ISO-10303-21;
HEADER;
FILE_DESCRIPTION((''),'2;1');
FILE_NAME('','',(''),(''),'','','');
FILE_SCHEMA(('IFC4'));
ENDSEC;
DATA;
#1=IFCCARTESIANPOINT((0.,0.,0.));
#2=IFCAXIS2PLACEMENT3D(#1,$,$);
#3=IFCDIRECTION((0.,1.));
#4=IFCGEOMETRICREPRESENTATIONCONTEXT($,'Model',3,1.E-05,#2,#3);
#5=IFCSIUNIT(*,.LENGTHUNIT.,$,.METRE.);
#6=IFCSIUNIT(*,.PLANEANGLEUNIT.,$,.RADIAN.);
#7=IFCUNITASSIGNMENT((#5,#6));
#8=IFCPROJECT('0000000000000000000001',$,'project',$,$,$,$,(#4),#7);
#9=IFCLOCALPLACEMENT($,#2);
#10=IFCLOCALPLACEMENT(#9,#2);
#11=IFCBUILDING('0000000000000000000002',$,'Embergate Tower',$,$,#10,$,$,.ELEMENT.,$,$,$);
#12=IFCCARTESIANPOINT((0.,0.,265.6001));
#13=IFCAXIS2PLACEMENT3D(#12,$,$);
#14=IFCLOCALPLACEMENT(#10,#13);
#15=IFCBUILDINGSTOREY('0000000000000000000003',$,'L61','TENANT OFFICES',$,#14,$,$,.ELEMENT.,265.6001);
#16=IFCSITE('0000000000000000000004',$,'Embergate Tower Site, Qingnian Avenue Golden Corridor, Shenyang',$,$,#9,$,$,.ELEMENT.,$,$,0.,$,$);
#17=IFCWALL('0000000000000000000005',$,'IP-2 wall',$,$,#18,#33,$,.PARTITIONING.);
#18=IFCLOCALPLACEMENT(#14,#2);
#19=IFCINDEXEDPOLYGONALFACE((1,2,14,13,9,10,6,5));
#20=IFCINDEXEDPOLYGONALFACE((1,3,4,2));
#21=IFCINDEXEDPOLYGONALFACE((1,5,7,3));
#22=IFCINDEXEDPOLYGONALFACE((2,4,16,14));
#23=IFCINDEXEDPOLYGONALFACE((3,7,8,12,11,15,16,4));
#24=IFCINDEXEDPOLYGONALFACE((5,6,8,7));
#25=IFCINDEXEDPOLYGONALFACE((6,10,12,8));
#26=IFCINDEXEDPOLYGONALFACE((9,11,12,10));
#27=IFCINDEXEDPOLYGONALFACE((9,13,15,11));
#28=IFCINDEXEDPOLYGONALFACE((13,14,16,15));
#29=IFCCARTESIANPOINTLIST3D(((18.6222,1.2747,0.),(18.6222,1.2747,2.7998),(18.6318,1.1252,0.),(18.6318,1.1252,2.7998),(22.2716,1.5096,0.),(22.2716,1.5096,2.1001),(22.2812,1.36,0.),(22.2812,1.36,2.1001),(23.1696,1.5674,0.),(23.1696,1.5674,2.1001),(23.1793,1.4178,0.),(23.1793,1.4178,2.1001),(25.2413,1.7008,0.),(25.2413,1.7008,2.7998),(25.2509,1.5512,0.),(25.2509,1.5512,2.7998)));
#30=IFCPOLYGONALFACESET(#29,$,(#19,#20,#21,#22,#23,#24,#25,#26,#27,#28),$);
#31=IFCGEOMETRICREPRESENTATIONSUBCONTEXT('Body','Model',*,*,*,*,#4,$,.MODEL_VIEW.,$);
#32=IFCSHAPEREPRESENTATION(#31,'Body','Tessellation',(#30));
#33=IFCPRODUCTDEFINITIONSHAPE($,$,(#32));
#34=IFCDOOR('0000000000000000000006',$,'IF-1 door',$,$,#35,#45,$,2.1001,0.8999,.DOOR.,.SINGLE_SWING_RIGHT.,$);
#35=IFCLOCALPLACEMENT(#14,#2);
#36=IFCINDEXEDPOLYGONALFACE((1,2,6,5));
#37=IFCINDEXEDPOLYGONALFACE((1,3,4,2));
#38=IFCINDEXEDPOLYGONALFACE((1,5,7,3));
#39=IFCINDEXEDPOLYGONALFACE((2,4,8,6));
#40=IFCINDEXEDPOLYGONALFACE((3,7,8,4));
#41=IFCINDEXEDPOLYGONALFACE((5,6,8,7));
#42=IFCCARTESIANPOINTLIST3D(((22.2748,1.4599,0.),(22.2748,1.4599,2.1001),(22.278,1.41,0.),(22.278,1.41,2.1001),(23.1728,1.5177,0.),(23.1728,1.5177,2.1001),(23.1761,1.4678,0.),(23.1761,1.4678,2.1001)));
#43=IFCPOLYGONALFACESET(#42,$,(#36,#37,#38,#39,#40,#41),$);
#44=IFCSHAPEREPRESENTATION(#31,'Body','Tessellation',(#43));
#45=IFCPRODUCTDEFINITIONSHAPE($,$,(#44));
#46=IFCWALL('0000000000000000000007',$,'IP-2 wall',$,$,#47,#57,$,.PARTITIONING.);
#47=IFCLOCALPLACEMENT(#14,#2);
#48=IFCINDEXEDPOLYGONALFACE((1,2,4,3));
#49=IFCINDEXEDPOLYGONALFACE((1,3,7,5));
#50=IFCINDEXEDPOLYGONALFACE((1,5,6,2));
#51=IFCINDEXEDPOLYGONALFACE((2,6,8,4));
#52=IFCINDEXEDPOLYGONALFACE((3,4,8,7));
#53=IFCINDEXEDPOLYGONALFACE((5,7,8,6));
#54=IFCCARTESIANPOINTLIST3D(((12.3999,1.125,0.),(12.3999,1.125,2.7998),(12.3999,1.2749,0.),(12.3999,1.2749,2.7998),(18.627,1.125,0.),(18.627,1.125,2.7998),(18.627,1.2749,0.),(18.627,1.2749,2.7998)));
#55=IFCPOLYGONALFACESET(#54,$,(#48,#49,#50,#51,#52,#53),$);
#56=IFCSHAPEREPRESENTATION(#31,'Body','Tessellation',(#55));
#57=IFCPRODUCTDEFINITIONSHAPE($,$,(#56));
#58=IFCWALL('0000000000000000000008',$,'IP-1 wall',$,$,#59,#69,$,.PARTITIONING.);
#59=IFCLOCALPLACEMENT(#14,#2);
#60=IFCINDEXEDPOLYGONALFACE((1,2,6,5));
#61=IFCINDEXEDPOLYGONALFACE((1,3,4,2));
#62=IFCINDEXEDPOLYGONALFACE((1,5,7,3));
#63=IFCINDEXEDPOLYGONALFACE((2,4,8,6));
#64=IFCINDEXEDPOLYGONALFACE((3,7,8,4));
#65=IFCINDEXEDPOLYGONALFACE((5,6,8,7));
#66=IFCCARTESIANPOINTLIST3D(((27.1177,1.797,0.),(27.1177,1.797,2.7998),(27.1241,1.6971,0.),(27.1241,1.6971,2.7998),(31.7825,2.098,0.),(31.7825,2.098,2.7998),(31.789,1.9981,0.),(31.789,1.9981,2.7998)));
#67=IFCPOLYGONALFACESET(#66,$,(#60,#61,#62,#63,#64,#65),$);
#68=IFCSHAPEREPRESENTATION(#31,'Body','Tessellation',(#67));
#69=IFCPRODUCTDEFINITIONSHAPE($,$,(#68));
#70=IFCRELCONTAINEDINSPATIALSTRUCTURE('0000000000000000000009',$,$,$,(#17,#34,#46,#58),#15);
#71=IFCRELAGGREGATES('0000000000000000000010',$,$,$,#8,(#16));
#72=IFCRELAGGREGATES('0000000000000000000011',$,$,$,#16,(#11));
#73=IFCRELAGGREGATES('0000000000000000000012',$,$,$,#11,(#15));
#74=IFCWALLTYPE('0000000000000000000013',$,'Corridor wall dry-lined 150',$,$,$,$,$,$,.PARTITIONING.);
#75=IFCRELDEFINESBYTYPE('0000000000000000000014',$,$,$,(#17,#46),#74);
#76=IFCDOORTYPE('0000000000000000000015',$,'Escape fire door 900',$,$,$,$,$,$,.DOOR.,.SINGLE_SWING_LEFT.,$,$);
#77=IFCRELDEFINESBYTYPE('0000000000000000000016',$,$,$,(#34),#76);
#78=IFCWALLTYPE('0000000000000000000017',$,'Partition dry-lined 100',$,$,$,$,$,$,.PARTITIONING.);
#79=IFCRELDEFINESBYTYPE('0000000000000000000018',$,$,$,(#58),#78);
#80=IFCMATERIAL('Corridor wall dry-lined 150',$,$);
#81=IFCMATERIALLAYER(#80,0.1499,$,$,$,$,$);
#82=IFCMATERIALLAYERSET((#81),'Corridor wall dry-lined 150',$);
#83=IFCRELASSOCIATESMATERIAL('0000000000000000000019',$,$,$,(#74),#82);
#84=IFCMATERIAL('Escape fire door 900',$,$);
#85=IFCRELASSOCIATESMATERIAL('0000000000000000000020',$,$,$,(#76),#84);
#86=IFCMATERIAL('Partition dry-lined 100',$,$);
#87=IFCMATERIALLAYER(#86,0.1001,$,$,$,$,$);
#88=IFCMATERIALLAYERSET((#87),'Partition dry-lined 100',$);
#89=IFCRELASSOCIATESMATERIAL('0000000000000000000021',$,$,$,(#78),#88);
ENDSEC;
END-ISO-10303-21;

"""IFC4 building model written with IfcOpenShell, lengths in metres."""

from ifc_helpers import new_model, si_unit, direction, frame, frame_2d, origin, place, context, subcontext, project, spatial, rectangle, extrude, source, transform, mapped, material, layer, layer_set, type_object, element, fill, save


model = new_model("IFC4")

# Units and contexts
model_context = context("Model", 3, precision=1e-05, world=origin(), true_north=direction((0.0, 1.0)))
body_context = subcontext(model_context, "Body", "Model", "MODEL_VIEW")
ifc_project = project(units=[si_unit("LENGTHUNIT", "METRE"), si_unit("PLANEANGLEUNIT", "RADIAN")], contexts=[model_context])

# Site, building, storey
site_placement = place(None, origin())
site = spatial("IfcSite", under=ifc_project, at=site_placement, Name="Embergate Tower Site, Qingnian Avenue Golden Corridor, Shenyang", CompositionType="ELEMENT", RefElevation=0.0)
building_placement = place(site_placement, origin())
building = spatial("IfcBuilding", under=site, at=building_placement, Name="Embergate Tower", CompositionType="ELEMENT")
storey_placement = place(building_placement, frame((0.0, 0.0, 265.6001)))
storey = spatial("IfcBuildingStorey", under=building, at=storey_placement, Name="L61", Description="TENANT OFFICES", CompositionType="ELEMENT", Elevation=265.6001)

# Shared definitions
ifc_material_1 = material(Name="Corridor wall dry-lined 150")
ifc_layer_1 = layer(ifc_material_1, 0.1499)
ifc_layer_set_1 = layer_set([ifc_layer_1], Name="Corridor wall dry-lined 150")
wall_type_1 = type_object("IfcWallType", Name="Corridor wall dry-lined 150", PredefinedType="PARTITIONING", material=ifc_layer_set_1)

# Shared definitions
shared_shape_1 = source(origin(), body_context, "Body", "SweptSolid", [
    extrude(rectangle(XDim=0.8999, YDim=2.1001, at=frame_2d((0.45, 1.05))), frame((0.0, 0.085, 0.0), z_axis=(0.0, -1.0, 0.0), x_axis=(1.0, 0.0, 0.0)), (0.0, 0.0, 1.0), 0.1699),
])
ifc_material_2 = material(Name="Escape fire door 900")
door_type_1 = type_object("IfcDoorType", Name="Escape fire door 900", OperationType="SINGLE_SWING_LEFT", PredefinedType="DOOR", material=ifc_material_2)
shared_shape_2 = source(origin(), body_context, "Body", "SweptSolid", [
    extrude(rectangle(XDim=0.8999, YDim=2.1001, at=frame_2d((0.45, 1.05))), frame((0.0, 0.0249, 0.0), z_axis=(0.0, -1.0, 0.0), x_axis=(1.0, 0.0, 0.0)), (0.0, 0.0, 1.0), 0.05),
])

# Shared definitions
ifc_material_3 = material(Name="Partition dry-lined 100")
ifc_layer_2 = layer(ifc_material_3, 0.1001)
ifc_layer_set_2 = layer_set([ifc_layer_2], Name="Partition dry-lined 100")
wall_type_2 = type_object("IfcWallType", Name="Partition dry-lined 100", PredefinedType="PARTITIONING", material=ifc_layer_set_2)

# Wall, opening, door
shared_shape_3 = source(origin(), body_context, "Body", "SweptSolid", [
    extrude(rectangle(XDim=6.6328, YDim=0.1499, at=frame_2d((3.3164, 0.0))), origin(), (0.0, 0.0, 1.0), 2.7998),
])
wall_1_placement = place(storey_placement, frame((25.2461, 1.626, 0.0), z_axis=(0.0, 0.0, 1.0), x_axis=(-0.997935, -0.06423, 0.0)))
wall_1 = element("IfcWall", 1, at=wall_1_placement, inside=storey, type_object=wall_type_1, Name="IP-2 wall", PredefinedType="PARTITIONING", context=body_context, shape_type="MappedRepresentation", body=[
    mapped(shared_shape_3, transform((0.0, 0.0, 0.0))),
])
opening_1_placement = place(wall_1_placement, frame((2.0759, 0.0, 0.0)))
opening_1 = element("IfcOpeningElement", 2, at=opening_1_placement, cuts=wall_1, PredefinedType="OPENING", context=body_context, shape_type="MappedRepresentation", body=[
    mapped(shared_shape_1, transform((0.0, 0.0, 0.0))),
])
door_1_placement = place(opening_1_placement, origin())
door_1 = element("IfcDoor", 3, at=door_1_placement, inside=storey, type_object=door_type_1, Name="IF-1 door", OperationType="SINGLE_SWING_RIGHT", OverallHeight=2.1001, OverallWidth=0.8999, PredefinedType="DOOR", context=body_context, shape_type="MappedRepresentation", body=[
    mapped(shared_shape_2, transform((0.0, 0.0, 0.0))),
])
fill(opening_1, door_1)

# Walls
shared_shape_4 = source(origin(), body_context, "Body", "SweptSolid", [
    extrude(rectangle(XDim=6.2271, YDim=0.1499, at=frame_2d((3.1135, 0.0))), origin(), (0.0, 0.0, 1.0), 2.7998),
])
wall_2_placement = place(storey_placement, frame((18.627, 1.2, 0.0), z_axis=(0.0, 0.0, 1.0), x_axis=(-1.0, 0.0, 0.0)))
element("IfcWall", 4, at=wall_2_placement, inside=storey, type_object=wall_type_1, Name="IP-2 wall", PredefinedType="PARTITIONING", context=body_context, shape_type="MappedRepresentation", body=[
    mapped(shared_shape_4, transform((0.0, 0.0, 0.0))),
])
shared_shape_5 = source(origin(), body_context, "Body", "SweptSolid", [
    extrude(rectangle(XDim=4.6746, YDim=0.1001, at=frame_2d((2.3374, 0.0))), origin(), (0.0, 0.0, 1.0), 2.7998),
])
wall_3_placement = place(storey_placement, frame((31.7859, 2.0481, 0.0), z_axis=(0.0, 0.0, 1.0), x_axis=(-0.997924, -0.064397, 0.0)))
element("IfcWall", 5, at=wall_3_placement, inside=storey, type_object=wall_type_2, Name="IP-1 wall", PredefinedType="PARTITIONING", context=body_context, shape_type="MappedRepresentation", body=[
    mapped(shared_shape_5, transform((0.0, 0.0, 0.0))),
])

save(model, "model.ifc")
